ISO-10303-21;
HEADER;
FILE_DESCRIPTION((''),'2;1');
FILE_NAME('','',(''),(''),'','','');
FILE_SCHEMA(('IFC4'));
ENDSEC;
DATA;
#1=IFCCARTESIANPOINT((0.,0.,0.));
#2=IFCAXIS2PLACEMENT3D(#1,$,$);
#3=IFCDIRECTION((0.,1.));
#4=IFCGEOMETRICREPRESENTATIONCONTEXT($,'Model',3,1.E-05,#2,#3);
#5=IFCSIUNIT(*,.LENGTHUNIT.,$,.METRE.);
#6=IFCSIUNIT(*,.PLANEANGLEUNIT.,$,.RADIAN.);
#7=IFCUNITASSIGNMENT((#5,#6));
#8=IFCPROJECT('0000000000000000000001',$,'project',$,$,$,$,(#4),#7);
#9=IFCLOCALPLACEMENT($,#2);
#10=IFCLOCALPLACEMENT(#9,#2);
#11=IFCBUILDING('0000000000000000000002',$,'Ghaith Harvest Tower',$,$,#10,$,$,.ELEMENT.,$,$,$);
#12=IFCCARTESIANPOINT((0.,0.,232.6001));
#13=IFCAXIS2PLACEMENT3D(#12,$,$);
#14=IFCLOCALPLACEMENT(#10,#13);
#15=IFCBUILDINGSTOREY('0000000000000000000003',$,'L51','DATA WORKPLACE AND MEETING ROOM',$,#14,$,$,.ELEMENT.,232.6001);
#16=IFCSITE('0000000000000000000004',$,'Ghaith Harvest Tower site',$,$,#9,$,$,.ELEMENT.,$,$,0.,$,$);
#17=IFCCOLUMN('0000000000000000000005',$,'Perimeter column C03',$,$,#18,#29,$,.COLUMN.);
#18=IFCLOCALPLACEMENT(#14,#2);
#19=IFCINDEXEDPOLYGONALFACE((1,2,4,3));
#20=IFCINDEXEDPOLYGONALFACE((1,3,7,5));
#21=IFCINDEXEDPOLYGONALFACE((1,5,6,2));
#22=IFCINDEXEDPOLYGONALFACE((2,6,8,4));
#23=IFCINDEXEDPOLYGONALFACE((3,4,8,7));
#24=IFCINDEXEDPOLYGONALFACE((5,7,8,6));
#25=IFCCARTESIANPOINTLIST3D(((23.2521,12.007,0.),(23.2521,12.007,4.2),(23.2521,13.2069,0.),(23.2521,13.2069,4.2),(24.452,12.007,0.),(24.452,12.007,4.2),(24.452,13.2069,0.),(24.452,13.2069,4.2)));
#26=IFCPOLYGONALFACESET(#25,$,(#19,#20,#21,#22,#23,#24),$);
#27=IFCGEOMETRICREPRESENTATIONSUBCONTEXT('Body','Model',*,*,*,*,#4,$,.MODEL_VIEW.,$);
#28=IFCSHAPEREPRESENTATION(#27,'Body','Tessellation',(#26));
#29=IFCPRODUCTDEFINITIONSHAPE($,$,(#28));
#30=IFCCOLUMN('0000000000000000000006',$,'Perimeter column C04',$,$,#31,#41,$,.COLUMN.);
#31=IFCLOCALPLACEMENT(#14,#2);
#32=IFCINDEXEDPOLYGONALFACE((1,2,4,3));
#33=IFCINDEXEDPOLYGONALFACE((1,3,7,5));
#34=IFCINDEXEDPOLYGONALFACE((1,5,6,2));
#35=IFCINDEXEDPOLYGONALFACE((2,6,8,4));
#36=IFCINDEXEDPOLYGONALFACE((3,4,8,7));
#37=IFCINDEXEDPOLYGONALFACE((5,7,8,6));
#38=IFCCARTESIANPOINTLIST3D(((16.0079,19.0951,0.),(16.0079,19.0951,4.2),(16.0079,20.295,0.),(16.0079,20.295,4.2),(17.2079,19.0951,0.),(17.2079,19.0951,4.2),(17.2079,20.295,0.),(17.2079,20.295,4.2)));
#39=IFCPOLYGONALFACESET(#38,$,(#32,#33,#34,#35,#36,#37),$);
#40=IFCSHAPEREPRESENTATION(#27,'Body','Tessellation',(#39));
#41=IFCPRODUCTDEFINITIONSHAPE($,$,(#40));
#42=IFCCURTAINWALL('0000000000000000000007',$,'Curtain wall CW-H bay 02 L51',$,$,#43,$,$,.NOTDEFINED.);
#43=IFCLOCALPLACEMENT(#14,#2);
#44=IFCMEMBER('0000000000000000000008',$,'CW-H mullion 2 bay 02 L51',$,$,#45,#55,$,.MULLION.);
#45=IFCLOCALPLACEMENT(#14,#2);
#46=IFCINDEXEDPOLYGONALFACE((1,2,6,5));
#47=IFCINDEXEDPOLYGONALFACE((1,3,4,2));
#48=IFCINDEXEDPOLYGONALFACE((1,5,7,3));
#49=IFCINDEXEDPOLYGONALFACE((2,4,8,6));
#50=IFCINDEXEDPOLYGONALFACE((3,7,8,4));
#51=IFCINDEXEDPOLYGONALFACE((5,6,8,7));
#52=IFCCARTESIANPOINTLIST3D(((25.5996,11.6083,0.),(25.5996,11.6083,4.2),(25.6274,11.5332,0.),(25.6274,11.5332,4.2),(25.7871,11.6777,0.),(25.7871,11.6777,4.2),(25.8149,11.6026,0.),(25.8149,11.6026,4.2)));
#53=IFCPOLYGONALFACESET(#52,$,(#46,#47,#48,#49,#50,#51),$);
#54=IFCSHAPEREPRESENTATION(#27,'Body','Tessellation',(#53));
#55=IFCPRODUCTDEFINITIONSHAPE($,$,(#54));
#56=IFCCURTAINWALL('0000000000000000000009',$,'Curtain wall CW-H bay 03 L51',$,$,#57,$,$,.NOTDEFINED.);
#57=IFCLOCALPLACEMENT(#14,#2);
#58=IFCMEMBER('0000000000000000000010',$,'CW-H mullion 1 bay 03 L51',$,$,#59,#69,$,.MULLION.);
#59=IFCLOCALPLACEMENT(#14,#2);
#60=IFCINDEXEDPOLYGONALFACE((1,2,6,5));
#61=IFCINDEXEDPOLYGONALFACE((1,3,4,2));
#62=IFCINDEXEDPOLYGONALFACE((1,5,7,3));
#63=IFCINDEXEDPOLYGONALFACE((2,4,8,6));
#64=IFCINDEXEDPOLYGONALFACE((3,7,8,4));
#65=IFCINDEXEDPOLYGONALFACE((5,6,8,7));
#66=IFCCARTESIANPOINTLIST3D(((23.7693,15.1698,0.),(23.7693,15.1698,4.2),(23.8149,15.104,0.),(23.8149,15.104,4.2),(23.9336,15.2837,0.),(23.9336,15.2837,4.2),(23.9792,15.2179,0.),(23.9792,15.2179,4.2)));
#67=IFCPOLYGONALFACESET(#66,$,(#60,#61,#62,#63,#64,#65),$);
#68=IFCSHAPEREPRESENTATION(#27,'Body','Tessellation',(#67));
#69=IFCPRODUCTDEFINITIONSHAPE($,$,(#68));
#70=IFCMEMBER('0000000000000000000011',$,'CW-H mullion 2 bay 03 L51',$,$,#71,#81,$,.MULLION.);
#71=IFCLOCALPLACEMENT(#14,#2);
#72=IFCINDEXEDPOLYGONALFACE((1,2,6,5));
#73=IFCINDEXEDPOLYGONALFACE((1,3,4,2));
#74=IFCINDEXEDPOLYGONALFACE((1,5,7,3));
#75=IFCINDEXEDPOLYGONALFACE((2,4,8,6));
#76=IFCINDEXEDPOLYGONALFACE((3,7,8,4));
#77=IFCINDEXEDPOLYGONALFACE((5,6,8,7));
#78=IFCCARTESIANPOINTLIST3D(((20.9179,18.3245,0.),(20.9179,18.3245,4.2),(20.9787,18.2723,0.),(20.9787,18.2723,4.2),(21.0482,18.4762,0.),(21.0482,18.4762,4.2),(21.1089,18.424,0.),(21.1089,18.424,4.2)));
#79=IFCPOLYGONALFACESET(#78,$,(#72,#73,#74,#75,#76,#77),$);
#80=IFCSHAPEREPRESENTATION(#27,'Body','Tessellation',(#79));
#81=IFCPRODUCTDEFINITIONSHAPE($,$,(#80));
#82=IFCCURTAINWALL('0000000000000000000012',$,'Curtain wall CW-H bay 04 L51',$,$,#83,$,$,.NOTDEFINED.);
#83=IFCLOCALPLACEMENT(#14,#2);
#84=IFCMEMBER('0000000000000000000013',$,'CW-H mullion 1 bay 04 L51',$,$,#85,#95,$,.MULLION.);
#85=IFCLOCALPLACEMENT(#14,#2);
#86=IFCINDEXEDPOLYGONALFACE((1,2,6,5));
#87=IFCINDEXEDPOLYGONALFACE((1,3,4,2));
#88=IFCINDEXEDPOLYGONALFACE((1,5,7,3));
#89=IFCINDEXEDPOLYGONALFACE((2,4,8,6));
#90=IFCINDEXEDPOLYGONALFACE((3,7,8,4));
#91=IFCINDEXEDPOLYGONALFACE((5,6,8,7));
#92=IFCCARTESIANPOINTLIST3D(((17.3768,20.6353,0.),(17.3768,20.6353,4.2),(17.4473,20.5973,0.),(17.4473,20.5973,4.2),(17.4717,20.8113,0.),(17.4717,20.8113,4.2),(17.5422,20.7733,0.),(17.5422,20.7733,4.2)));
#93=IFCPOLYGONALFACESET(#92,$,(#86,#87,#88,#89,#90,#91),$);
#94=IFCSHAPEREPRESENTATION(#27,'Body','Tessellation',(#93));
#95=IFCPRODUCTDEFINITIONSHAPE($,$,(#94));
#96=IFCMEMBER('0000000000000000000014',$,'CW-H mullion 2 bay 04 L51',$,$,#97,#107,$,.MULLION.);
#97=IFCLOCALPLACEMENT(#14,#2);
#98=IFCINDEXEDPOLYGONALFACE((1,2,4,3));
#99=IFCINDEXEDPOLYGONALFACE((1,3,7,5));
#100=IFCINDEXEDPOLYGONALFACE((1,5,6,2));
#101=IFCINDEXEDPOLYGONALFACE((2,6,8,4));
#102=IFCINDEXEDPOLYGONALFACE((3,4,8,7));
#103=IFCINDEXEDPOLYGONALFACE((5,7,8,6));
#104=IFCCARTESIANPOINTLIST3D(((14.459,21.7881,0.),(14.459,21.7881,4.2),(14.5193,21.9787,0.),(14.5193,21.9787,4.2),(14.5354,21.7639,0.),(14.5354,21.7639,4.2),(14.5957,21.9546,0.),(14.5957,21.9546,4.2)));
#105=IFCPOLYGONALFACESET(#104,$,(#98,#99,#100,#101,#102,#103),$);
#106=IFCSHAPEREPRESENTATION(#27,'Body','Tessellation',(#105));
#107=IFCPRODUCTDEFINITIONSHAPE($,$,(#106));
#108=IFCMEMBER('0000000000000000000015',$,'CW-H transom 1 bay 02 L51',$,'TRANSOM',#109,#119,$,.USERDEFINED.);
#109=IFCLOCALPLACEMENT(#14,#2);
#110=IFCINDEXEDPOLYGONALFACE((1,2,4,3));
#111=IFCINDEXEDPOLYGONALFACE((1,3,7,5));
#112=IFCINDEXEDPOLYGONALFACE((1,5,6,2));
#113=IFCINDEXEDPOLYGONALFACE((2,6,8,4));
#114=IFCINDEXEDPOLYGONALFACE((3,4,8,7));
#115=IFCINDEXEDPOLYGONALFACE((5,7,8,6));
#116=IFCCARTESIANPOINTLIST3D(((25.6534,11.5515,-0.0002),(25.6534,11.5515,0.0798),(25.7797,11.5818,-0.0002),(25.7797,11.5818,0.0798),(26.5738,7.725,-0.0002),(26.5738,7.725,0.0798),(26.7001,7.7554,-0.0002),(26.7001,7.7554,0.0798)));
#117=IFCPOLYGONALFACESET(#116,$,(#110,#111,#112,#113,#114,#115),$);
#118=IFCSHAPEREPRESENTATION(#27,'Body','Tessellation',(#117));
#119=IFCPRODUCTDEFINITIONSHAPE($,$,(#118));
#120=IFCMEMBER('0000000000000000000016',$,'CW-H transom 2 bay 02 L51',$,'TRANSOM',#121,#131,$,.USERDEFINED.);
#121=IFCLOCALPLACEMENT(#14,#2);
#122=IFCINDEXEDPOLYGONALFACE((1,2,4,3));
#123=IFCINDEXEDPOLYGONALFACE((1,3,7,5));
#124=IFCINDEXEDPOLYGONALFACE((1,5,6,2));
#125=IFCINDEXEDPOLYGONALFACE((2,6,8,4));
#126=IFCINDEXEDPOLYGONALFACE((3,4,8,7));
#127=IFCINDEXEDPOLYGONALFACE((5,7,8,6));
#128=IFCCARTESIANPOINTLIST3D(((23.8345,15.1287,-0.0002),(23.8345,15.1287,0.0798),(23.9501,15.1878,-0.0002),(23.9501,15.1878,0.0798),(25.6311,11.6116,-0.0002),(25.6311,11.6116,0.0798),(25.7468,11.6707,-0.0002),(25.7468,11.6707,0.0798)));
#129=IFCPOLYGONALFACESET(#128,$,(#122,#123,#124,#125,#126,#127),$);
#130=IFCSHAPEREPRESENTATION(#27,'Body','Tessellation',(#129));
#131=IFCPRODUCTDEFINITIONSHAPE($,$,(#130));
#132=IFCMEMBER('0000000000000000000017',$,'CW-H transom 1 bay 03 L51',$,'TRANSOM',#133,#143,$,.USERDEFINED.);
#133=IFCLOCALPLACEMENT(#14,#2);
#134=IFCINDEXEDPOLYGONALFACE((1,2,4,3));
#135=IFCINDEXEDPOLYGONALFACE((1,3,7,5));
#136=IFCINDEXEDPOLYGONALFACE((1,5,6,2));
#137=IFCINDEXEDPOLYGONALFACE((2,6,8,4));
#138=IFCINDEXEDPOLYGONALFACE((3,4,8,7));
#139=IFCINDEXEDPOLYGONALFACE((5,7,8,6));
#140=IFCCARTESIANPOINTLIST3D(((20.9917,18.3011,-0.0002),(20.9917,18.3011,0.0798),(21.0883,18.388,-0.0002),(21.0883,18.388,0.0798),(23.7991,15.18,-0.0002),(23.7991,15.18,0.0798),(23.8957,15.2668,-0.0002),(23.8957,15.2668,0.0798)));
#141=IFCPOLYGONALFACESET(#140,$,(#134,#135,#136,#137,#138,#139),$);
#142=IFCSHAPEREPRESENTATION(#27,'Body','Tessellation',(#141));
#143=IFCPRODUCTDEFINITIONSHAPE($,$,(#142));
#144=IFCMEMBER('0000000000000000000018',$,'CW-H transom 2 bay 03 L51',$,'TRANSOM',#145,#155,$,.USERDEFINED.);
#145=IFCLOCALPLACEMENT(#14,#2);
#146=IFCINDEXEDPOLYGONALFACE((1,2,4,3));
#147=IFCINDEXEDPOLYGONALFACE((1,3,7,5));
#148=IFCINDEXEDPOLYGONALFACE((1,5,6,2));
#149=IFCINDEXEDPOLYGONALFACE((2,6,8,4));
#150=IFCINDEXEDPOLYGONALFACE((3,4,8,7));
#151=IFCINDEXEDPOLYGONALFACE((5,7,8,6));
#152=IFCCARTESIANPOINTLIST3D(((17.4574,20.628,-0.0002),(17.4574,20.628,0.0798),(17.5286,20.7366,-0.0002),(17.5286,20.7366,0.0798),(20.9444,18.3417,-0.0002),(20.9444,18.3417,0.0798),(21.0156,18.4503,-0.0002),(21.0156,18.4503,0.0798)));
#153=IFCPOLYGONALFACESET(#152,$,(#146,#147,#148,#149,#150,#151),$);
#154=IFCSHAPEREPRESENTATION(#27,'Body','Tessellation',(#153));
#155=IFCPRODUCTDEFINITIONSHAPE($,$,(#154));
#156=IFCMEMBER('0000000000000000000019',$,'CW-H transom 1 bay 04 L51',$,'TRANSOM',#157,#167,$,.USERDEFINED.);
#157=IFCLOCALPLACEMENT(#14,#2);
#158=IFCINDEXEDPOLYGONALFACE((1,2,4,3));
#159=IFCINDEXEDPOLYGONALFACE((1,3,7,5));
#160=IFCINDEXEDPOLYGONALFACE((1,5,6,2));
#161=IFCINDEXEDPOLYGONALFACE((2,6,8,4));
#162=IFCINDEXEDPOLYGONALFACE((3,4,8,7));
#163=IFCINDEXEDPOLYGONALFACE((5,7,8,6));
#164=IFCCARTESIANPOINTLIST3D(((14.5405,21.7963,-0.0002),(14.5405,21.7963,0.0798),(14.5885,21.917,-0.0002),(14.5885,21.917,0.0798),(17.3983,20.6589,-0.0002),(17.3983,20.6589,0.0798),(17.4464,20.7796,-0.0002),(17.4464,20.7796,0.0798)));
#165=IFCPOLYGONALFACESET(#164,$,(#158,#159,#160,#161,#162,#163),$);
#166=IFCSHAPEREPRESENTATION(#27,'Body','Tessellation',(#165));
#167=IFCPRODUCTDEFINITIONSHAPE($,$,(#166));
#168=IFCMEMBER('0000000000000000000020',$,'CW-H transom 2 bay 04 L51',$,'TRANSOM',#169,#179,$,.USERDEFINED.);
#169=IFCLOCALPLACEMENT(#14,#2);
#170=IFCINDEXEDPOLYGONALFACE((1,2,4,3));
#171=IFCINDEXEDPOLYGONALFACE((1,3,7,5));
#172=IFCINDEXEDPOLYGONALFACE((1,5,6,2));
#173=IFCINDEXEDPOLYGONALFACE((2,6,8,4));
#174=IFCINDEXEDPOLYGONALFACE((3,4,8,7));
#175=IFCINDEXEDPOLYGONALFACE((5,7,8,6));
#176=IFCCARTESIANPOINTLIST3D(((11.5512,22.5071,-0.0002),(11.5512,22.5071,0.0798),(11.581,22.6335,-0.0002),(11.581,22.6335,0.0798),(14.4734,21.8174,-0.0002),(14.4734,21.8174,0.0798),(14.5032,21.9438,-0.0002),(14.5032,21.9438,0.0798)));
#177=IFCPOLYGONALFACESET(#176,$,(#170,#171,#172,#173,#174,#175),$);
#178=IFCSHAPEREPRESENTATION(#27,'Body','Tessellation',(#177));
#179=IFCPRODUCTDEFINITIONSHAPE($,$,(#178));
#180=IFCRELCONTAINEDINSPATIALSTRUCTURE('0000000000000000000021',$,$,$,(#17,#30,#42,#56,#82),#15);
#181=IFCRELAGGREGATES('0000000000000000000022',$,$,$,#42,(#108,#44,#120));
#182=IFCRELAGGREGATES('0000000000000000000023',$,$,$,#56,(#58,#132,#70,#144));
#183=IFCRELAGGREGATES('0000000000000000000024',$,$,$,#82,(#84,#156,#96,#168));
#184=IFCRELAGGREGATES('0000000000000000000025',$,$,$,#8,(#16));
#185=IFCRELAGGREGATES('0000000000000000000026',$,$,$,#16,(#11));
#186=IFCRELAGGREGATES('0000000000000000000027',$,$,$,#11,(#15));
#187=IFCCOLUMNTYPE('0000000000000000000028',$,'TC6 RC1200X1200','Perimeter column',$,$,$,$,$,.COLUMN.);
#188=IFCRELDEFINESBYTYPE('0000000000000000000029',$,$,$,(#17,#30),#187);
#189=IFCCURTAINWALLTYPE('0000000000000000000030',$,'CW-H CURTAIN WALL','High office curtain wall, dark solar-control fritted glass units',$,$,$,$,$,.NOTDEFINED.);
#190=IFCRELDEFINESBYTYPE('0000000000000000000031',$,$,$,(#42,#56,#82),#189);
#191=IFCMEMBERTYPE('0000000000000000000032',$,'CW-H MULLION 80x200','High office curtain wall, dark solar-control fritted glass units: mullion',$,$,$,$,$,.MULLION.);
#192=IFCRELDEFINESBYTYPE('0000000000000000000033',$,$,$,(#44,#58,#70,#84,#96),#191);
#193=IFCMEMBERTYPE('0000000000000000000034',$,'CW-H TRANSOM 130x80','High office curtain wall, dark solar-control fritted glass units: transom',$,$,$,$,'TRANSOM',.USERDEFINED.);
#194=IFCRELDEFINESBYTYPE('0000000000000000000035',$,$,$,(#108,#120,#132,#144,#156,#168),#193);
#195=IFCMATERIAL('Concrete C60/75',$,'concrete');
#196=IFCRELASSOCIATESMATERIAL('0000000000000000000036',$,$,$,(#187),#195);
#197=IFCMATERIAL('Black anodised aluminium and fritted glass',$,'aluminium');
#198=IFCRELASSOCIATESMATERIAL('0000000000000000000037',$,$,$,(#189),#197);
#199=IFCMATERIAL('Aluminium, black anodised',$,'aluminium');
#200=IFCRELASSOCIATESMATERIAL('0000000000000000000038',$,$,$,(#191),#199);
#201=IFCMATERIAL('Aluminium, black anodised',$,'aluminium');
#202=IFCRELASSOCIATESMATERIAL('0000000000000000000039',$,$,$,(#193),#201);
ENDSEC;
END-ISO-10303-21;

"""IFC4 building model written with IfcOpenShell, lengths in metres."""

from ifc_helpers import new_model, si_unit, direction, frame, origin, origin_2d, place, context, subcontext, project, spatial, rectangle, extrude, material, material_profile, profile_set, type_object, element, aggregate, save


model = new_model("IFC4")

# Units and contexts
model_context = context("Model", 3, precision=1e-05, world=origin(), true_north=direction((0.0, 1.0)))
body_context = subcontext(model_context, "Body", "Model", "MODEL_VIEW")
ifc_project = project(units=[si_unit("LENGTHUNIT", "METRE"), si_unit("PLANEANGLEUNIT", "RADIAN")], contexts=[model_context])

# Site, building, storey
site_placement = place(None, origin())
site = spatial("IfcSite", under=ifc_project, at=site_placement, Name="Ghaith Harvest Tower site", CompositionType="ELEMENT", RefElevation=0.0)
building_placement = place(site_placement, origin())
building = spatial("IfcBuilding", under=site, at=building_placement, Name="Ghaith Harvest Tower", CompositionType="ELEMENT")
storey_placement = place(building_placement, frame((0.0, 0.0, 232.6001)))
storey = spatial("IfcBuildingStorey", under=building, at=storey_placement, Name="L51", Description="DATA WORKPLACE AND MEETING ROOM", CompositionType="ELEMENT", Elevation=232.6001)

# Columns
ifc_material_1 = material(Name="Concrete C60/75", Category="concrete")
ifc_material_profile_1 = material_profile(ifc_material_1, rectangle(XDim=1.2, YDim=1.2, at=origin_2d()), Name="RC1200X1200")
ifc_profile_set_1 = profile_set([ifc_material_profile_1], Name="Concrete C60/75")
column_type = type_object("IfcColumnType", Name="TC6 RC1200X1200", Description="Perimeter column", PredefinedType="COLUMN", material=ifc_profile_set_1)
for number, where, z_axis, x_axis, name in (
    (1, (23.8521, 12.6069, 0.0), (0.0, 0.0, 1.0), (1.0, 0.0, 0.0), "Perimeter column C03"),
    (2, (16.6079, 19.6951, 0.0), (0.0, 0.0, 1.0), (1.0, 0.0, 0.0), "Perimeter column C04"),
):
    element("IfcColumn", number, at=place(storey_placement, frame(where, z_axis=z_axis, x_axis=x_axis)), inside=storey, type_object=column_type, Name=name, PredefinedType="COLUMN", context=body_context, shape_type="SweptSolid", body=[
        extrude(rectangle(XDim=1.2, YDim=1.2, at=origin_2d()), origin(), (0.0, 0.0, 1.0), 4.2),
    ])

# Curtain wall, member
ifc_material_2 = material(Name="Black anodised aluminium and fritted glass", Category="aluminium")
curtain_wall_type = type_object("IfcCurtainWallType", Name="CW-H CURTAIN WALL", Description="High office curtain wall, dark solar-control fritted glass units", PredefinedType="NOTDEFINED", material=ifc_material_2)
curtain_wall_1_placement = place(storey_placement, origin())
curtain_wall_1 = element("IfcCurtainWall", 3, at=curtain_wall_1_placement, inside=storey, type_object=curtain_wall_type, Name="Curtain wall CW-H bay 02 L51", PredefinedType="NOTDEFINED")
ifc_material_3 = material(Name="Aluminium, black anodised", Category="aluminium")
ifc_material_profile_2 = material_profile(ifc_material_3, rectangle(XDim=0.0801, YDim=0.2, at=origin_2d()), Name="CW-H MULLION 80x200")
ifc_profile_set_2 = profile_set([ifc_material_profile_2], Name="Aluminium, black anodised")
member_type_1 = type_object("IfcMemberType", Name="CW-H MULLION 80x200", Description="High office curtain wall, dark solar-control fritted glass units: mullion", PredefinedType="MULLION", material=ifc_profile_set_2)
member_1_placement = place(storey_placement, frame((25.7073, 11.6055, 0.0), z_axis=(0.0, 0.0, 1.0), x_axis=(-0.347012, 0.937861, 0.0)))
member_1 = element("IfcMember", 4, at=member_1_placement, type_object=member_type_1, Name="CW-H mullion 2 bay 02 L51", PredefinedType="MULLION", context=body_context, shape_type="SweptSolid", body=[
    extrude(rectangle(XDim=0.0801, YDim=0.2, at=origin_2d()), origin(), (0.0, 0.0, 1.0), 4.2),
])

# Curtain walls, members
curtain_wall_2_placement = place(storey_placement, origin())
curtain_wall_2 = element("IfcCurtainWall", 5, at=curtain_wall_2_placement, inside=storey, type_object=curtain_wall_type, Name="Curtain wall CW-H bay 03 L51", PredefinedType="NOTDEFINED")
member_2_placement = place(storey_placement, frame((23.8743, 15.1938, 0.0), z_axis=(0.0, 0.0, 1.0), x_axis=(-0.569847, 0.821751, 0.0)))
member_2 = element("IfcMember", 6, at=member_2_placement, type_object=member_type_1, Name="CW-H mullion 1 bay 03 L51", PredefinedType="MULLION", context=body_context, shape_type="SweptSolid", body=[
    extrude(rectangle(XDim=0.0801, YDim=0.2, at=origin_2d()), origin(), (0.0, 0.0, 1.0), 4.2),
])
member_3_placement = place(storey_placement, frame((21.0134, 18.3743, 0.0), z_axis=(0.0, 0.0, 1.0), x_axis=(-0.758541, 0.651625, 0.0)))
member_3 = element("IfcMember", 7, at=member_3_placement, type_object=member_type_1, Name="CW-H mullion 2 bay 03 L51", PredefinedType="MULLION", context=body_context, shape_type="SweptSolid", body=[
    extrude(rectangle(XDim=0.0801, YDim=0.2, at=origin_2d()), origin(), (0.0, 0.0, 1.0), 4.2),
])
curtain_wall_3_placement = place(storey_placement, origin())
curtain_wall_3 = element("IfcCurtainWall", 8, at=curtain_wall_3_placement, inside=storey, type_object=curtain_wall_type, Name="Curtain wall CW-H bay 04 L51", PredefinedType="NOTDEFINED")
member_4_placement = place(storey_placement, frame((17.4595, 20.7043, 0.0), z_axis=(0.0, 0.0, 1.0), x_axis=(-0.880203, 0.474597, 0.0)))
member_4 = element("IfcMember", 9, at=member_4_placement, type_object=member_type_1, Name="CW-H mullion 1 bay 04 L51", PredefinedType="MULLION", context=body_context, shape_type="SweptSolid", body=[
    extrude(rectangle(XDim=0.0801, YDim=0.2, at=origin_2d()), origin(), (0.0, 0.0, 1.0), 4.2),
])
member_5_placement = place(storey_placement, frame((14.5273, 21.8713, 0.0), z_axis=(0.0, 0.0, 1.0), x_axis=(-0.953503, 0.301384, 0.0)))
member_5 = element("IfcMember", 10, at=member_5_placement, type_object=member_type_1, Name="CW-H mullion 2 bay 04 L51", PredefinedType="MULLION", context=body_context, shape_type="SweptSolid", body=[
    extrude(rectangle(XDim=0.0801, YDim=0.2, at=origin_2d()), origin(), (0.0, 0.0, 1.0), 4.2),
])

# Members
ifc_material_4 = material(Name="Aluminium, black anodised", Category="aluminium")
ifc_material_profile_3 = material_profile(ifc_material_4, rectangle(XDim=0.1299, YDim=0.0801, at=origin_2d()), Name="CW-H TRANSOM 130x80")
ifc_profile_set_3 = profile_set([ifc_material_profile_3], Name="Aluminium, black anodised")
member_type_2 = type_object("IfcMemberType", Name="CW-H TRANSOM 130x80", Description="High office curtain wall, dark solar-control fritted glass units: transom", ElementType="TRANSOM", PredefinedType="USERDEFINED", material=ifc_profile_set_3)
member_6_placement = place(storey_placement, frame((26.637, 7.7402, 0.0398), z_axis=(-0.23387, 0.972268, 0.0), x_axis=(-0.972268, -0.23387, 0.0)))
member_6 = element("IfcMember", 11, at=member_6_placement, type_object=member_type_2, Name="CW-H transom 1 bay 02 L51", ObjectType="TRANSOM", PredefinedType="USERDEFINED", context=body_context, shape_type="SweptSolid", body=[
    extrude(rectangle(XDim=0.1299, YDim=0.0801, at=origin_2d()), origin(), (0.0, 0.0, 1.0), 3.9355),
])
member_7_placement = place(storey_placement, frame((25.689, 11.6411, 0.0398), z_axis=(-0.454912, 0.890537, 0.0), x_axis=(-0.890537, -0.454912, 0.0)))
member_7 = element("IfcMember", 12, at=member_7_placement, type_object=member_type_2, Name="CW-H transom 2 bay 02 L51", ObjectType="TRANSOM", PredefinedType="USERDEFINED", context=body_context, shape_type="SweptSolid", body=[
    extrude(rectangle(XDim=0.1299, YDim=0.0801, at=origin_2d()), origin(), (0.0, 0.0, 1.0), 3.9495),
])
member_8_placement = place(storey_placement, frame((23.8474, 15.2234, 0.0398), z_axis=(-0.668753, 0.743485, 0.0), x_axis=(-0.743485, -0.668753, 0.0)))
member_8 = element("IfcMember", 13, at=member_8_placement, type_object=member_type_2, Name="CW-H transom 1 bay 03 L51", ObjectType="TRANSOM", PredefinedType="USERDEFINED", context=body_context, shape_type="SweptSolid", body=[
    extrude(rectangle(XDim=0.1299, YDim=0.0801, at=origin_2d()), origin(), (0.0, 0.0, 1.0), 4.198),
])
member_9_placement = place(storey_placement, frame((20.98, 18.396, 0.0398), z_axis=(-0.836269, 0.54832, 0.0), x_axis=(-0.54832, -0.836269, 0.0)))
member_9 = element("IfcMember", 14, at=member_9_placement, type_object=member_type_2, Name="CW-H transom 2 bay 03 L51", ObjectType="TRANSOM", PredefinedType="USERDEFINED", context=body_context, shape_type="SweptSolid", body=[
    extrude(rectangle(XDim=0.1299, YDim=0.0801, at=origin_2d()), origin(), (0.0, 0.0, 1.0), 4.1697),
])
member_10_placement = place(storey_placement, frame((17.4224, 20.7192, 0.0398), z_axis=(-0.929116, 0.369789, 0.0), x_axis=(-0.369789, -0.929116, 0.0)))
member_10 = element("IfcMember", 15, at=member_10_placement, type_object=member_type_2, Name="CW-H transom 1 bay 04 L51", ObjectType="TRANSOM", PredefinedType="USERDEFINED", context=body_context, shape_type="SweptSolid", body=[
    extrude(rectangle(XDim=0.1299, YDim=0.0801, at=origin_2d()), origin(), (0.0, 0.0, 1.0), 3.0759),
])
member_11_placement = place(storey_placement, frame((14.4883, 21.8806, 0.0398), z_axis=(-0.973258, 0.229715, 0.0), x_axis=(-0.229715, -0.973258, 0.0)))
member_11 = element("IfcMember", 16, at=member_11_placement, type_object=member_type_2, Name="CW-H transom 2 bay 04 L51", ObjectType="TRANSOM", PredefinedType="USERDEFINED", context=body_context, shape_type="SweptSolid", body=[
    extrude(rectangle(XDim=0.1299, YDim=0.0801, at=origin_2d()), origin(), (0.0, 0.0, 1.0), 3.0024),
])

aggregate(curtain_wall_1, [member_6, member_1, member_7])
aggregate(curtain_wall_2, [member_2, member_8, member_3, member_9])
aggregate(curtain_wall_3, [member_4, member_10, member_5, member_11])

save(model, "model.ifc")
